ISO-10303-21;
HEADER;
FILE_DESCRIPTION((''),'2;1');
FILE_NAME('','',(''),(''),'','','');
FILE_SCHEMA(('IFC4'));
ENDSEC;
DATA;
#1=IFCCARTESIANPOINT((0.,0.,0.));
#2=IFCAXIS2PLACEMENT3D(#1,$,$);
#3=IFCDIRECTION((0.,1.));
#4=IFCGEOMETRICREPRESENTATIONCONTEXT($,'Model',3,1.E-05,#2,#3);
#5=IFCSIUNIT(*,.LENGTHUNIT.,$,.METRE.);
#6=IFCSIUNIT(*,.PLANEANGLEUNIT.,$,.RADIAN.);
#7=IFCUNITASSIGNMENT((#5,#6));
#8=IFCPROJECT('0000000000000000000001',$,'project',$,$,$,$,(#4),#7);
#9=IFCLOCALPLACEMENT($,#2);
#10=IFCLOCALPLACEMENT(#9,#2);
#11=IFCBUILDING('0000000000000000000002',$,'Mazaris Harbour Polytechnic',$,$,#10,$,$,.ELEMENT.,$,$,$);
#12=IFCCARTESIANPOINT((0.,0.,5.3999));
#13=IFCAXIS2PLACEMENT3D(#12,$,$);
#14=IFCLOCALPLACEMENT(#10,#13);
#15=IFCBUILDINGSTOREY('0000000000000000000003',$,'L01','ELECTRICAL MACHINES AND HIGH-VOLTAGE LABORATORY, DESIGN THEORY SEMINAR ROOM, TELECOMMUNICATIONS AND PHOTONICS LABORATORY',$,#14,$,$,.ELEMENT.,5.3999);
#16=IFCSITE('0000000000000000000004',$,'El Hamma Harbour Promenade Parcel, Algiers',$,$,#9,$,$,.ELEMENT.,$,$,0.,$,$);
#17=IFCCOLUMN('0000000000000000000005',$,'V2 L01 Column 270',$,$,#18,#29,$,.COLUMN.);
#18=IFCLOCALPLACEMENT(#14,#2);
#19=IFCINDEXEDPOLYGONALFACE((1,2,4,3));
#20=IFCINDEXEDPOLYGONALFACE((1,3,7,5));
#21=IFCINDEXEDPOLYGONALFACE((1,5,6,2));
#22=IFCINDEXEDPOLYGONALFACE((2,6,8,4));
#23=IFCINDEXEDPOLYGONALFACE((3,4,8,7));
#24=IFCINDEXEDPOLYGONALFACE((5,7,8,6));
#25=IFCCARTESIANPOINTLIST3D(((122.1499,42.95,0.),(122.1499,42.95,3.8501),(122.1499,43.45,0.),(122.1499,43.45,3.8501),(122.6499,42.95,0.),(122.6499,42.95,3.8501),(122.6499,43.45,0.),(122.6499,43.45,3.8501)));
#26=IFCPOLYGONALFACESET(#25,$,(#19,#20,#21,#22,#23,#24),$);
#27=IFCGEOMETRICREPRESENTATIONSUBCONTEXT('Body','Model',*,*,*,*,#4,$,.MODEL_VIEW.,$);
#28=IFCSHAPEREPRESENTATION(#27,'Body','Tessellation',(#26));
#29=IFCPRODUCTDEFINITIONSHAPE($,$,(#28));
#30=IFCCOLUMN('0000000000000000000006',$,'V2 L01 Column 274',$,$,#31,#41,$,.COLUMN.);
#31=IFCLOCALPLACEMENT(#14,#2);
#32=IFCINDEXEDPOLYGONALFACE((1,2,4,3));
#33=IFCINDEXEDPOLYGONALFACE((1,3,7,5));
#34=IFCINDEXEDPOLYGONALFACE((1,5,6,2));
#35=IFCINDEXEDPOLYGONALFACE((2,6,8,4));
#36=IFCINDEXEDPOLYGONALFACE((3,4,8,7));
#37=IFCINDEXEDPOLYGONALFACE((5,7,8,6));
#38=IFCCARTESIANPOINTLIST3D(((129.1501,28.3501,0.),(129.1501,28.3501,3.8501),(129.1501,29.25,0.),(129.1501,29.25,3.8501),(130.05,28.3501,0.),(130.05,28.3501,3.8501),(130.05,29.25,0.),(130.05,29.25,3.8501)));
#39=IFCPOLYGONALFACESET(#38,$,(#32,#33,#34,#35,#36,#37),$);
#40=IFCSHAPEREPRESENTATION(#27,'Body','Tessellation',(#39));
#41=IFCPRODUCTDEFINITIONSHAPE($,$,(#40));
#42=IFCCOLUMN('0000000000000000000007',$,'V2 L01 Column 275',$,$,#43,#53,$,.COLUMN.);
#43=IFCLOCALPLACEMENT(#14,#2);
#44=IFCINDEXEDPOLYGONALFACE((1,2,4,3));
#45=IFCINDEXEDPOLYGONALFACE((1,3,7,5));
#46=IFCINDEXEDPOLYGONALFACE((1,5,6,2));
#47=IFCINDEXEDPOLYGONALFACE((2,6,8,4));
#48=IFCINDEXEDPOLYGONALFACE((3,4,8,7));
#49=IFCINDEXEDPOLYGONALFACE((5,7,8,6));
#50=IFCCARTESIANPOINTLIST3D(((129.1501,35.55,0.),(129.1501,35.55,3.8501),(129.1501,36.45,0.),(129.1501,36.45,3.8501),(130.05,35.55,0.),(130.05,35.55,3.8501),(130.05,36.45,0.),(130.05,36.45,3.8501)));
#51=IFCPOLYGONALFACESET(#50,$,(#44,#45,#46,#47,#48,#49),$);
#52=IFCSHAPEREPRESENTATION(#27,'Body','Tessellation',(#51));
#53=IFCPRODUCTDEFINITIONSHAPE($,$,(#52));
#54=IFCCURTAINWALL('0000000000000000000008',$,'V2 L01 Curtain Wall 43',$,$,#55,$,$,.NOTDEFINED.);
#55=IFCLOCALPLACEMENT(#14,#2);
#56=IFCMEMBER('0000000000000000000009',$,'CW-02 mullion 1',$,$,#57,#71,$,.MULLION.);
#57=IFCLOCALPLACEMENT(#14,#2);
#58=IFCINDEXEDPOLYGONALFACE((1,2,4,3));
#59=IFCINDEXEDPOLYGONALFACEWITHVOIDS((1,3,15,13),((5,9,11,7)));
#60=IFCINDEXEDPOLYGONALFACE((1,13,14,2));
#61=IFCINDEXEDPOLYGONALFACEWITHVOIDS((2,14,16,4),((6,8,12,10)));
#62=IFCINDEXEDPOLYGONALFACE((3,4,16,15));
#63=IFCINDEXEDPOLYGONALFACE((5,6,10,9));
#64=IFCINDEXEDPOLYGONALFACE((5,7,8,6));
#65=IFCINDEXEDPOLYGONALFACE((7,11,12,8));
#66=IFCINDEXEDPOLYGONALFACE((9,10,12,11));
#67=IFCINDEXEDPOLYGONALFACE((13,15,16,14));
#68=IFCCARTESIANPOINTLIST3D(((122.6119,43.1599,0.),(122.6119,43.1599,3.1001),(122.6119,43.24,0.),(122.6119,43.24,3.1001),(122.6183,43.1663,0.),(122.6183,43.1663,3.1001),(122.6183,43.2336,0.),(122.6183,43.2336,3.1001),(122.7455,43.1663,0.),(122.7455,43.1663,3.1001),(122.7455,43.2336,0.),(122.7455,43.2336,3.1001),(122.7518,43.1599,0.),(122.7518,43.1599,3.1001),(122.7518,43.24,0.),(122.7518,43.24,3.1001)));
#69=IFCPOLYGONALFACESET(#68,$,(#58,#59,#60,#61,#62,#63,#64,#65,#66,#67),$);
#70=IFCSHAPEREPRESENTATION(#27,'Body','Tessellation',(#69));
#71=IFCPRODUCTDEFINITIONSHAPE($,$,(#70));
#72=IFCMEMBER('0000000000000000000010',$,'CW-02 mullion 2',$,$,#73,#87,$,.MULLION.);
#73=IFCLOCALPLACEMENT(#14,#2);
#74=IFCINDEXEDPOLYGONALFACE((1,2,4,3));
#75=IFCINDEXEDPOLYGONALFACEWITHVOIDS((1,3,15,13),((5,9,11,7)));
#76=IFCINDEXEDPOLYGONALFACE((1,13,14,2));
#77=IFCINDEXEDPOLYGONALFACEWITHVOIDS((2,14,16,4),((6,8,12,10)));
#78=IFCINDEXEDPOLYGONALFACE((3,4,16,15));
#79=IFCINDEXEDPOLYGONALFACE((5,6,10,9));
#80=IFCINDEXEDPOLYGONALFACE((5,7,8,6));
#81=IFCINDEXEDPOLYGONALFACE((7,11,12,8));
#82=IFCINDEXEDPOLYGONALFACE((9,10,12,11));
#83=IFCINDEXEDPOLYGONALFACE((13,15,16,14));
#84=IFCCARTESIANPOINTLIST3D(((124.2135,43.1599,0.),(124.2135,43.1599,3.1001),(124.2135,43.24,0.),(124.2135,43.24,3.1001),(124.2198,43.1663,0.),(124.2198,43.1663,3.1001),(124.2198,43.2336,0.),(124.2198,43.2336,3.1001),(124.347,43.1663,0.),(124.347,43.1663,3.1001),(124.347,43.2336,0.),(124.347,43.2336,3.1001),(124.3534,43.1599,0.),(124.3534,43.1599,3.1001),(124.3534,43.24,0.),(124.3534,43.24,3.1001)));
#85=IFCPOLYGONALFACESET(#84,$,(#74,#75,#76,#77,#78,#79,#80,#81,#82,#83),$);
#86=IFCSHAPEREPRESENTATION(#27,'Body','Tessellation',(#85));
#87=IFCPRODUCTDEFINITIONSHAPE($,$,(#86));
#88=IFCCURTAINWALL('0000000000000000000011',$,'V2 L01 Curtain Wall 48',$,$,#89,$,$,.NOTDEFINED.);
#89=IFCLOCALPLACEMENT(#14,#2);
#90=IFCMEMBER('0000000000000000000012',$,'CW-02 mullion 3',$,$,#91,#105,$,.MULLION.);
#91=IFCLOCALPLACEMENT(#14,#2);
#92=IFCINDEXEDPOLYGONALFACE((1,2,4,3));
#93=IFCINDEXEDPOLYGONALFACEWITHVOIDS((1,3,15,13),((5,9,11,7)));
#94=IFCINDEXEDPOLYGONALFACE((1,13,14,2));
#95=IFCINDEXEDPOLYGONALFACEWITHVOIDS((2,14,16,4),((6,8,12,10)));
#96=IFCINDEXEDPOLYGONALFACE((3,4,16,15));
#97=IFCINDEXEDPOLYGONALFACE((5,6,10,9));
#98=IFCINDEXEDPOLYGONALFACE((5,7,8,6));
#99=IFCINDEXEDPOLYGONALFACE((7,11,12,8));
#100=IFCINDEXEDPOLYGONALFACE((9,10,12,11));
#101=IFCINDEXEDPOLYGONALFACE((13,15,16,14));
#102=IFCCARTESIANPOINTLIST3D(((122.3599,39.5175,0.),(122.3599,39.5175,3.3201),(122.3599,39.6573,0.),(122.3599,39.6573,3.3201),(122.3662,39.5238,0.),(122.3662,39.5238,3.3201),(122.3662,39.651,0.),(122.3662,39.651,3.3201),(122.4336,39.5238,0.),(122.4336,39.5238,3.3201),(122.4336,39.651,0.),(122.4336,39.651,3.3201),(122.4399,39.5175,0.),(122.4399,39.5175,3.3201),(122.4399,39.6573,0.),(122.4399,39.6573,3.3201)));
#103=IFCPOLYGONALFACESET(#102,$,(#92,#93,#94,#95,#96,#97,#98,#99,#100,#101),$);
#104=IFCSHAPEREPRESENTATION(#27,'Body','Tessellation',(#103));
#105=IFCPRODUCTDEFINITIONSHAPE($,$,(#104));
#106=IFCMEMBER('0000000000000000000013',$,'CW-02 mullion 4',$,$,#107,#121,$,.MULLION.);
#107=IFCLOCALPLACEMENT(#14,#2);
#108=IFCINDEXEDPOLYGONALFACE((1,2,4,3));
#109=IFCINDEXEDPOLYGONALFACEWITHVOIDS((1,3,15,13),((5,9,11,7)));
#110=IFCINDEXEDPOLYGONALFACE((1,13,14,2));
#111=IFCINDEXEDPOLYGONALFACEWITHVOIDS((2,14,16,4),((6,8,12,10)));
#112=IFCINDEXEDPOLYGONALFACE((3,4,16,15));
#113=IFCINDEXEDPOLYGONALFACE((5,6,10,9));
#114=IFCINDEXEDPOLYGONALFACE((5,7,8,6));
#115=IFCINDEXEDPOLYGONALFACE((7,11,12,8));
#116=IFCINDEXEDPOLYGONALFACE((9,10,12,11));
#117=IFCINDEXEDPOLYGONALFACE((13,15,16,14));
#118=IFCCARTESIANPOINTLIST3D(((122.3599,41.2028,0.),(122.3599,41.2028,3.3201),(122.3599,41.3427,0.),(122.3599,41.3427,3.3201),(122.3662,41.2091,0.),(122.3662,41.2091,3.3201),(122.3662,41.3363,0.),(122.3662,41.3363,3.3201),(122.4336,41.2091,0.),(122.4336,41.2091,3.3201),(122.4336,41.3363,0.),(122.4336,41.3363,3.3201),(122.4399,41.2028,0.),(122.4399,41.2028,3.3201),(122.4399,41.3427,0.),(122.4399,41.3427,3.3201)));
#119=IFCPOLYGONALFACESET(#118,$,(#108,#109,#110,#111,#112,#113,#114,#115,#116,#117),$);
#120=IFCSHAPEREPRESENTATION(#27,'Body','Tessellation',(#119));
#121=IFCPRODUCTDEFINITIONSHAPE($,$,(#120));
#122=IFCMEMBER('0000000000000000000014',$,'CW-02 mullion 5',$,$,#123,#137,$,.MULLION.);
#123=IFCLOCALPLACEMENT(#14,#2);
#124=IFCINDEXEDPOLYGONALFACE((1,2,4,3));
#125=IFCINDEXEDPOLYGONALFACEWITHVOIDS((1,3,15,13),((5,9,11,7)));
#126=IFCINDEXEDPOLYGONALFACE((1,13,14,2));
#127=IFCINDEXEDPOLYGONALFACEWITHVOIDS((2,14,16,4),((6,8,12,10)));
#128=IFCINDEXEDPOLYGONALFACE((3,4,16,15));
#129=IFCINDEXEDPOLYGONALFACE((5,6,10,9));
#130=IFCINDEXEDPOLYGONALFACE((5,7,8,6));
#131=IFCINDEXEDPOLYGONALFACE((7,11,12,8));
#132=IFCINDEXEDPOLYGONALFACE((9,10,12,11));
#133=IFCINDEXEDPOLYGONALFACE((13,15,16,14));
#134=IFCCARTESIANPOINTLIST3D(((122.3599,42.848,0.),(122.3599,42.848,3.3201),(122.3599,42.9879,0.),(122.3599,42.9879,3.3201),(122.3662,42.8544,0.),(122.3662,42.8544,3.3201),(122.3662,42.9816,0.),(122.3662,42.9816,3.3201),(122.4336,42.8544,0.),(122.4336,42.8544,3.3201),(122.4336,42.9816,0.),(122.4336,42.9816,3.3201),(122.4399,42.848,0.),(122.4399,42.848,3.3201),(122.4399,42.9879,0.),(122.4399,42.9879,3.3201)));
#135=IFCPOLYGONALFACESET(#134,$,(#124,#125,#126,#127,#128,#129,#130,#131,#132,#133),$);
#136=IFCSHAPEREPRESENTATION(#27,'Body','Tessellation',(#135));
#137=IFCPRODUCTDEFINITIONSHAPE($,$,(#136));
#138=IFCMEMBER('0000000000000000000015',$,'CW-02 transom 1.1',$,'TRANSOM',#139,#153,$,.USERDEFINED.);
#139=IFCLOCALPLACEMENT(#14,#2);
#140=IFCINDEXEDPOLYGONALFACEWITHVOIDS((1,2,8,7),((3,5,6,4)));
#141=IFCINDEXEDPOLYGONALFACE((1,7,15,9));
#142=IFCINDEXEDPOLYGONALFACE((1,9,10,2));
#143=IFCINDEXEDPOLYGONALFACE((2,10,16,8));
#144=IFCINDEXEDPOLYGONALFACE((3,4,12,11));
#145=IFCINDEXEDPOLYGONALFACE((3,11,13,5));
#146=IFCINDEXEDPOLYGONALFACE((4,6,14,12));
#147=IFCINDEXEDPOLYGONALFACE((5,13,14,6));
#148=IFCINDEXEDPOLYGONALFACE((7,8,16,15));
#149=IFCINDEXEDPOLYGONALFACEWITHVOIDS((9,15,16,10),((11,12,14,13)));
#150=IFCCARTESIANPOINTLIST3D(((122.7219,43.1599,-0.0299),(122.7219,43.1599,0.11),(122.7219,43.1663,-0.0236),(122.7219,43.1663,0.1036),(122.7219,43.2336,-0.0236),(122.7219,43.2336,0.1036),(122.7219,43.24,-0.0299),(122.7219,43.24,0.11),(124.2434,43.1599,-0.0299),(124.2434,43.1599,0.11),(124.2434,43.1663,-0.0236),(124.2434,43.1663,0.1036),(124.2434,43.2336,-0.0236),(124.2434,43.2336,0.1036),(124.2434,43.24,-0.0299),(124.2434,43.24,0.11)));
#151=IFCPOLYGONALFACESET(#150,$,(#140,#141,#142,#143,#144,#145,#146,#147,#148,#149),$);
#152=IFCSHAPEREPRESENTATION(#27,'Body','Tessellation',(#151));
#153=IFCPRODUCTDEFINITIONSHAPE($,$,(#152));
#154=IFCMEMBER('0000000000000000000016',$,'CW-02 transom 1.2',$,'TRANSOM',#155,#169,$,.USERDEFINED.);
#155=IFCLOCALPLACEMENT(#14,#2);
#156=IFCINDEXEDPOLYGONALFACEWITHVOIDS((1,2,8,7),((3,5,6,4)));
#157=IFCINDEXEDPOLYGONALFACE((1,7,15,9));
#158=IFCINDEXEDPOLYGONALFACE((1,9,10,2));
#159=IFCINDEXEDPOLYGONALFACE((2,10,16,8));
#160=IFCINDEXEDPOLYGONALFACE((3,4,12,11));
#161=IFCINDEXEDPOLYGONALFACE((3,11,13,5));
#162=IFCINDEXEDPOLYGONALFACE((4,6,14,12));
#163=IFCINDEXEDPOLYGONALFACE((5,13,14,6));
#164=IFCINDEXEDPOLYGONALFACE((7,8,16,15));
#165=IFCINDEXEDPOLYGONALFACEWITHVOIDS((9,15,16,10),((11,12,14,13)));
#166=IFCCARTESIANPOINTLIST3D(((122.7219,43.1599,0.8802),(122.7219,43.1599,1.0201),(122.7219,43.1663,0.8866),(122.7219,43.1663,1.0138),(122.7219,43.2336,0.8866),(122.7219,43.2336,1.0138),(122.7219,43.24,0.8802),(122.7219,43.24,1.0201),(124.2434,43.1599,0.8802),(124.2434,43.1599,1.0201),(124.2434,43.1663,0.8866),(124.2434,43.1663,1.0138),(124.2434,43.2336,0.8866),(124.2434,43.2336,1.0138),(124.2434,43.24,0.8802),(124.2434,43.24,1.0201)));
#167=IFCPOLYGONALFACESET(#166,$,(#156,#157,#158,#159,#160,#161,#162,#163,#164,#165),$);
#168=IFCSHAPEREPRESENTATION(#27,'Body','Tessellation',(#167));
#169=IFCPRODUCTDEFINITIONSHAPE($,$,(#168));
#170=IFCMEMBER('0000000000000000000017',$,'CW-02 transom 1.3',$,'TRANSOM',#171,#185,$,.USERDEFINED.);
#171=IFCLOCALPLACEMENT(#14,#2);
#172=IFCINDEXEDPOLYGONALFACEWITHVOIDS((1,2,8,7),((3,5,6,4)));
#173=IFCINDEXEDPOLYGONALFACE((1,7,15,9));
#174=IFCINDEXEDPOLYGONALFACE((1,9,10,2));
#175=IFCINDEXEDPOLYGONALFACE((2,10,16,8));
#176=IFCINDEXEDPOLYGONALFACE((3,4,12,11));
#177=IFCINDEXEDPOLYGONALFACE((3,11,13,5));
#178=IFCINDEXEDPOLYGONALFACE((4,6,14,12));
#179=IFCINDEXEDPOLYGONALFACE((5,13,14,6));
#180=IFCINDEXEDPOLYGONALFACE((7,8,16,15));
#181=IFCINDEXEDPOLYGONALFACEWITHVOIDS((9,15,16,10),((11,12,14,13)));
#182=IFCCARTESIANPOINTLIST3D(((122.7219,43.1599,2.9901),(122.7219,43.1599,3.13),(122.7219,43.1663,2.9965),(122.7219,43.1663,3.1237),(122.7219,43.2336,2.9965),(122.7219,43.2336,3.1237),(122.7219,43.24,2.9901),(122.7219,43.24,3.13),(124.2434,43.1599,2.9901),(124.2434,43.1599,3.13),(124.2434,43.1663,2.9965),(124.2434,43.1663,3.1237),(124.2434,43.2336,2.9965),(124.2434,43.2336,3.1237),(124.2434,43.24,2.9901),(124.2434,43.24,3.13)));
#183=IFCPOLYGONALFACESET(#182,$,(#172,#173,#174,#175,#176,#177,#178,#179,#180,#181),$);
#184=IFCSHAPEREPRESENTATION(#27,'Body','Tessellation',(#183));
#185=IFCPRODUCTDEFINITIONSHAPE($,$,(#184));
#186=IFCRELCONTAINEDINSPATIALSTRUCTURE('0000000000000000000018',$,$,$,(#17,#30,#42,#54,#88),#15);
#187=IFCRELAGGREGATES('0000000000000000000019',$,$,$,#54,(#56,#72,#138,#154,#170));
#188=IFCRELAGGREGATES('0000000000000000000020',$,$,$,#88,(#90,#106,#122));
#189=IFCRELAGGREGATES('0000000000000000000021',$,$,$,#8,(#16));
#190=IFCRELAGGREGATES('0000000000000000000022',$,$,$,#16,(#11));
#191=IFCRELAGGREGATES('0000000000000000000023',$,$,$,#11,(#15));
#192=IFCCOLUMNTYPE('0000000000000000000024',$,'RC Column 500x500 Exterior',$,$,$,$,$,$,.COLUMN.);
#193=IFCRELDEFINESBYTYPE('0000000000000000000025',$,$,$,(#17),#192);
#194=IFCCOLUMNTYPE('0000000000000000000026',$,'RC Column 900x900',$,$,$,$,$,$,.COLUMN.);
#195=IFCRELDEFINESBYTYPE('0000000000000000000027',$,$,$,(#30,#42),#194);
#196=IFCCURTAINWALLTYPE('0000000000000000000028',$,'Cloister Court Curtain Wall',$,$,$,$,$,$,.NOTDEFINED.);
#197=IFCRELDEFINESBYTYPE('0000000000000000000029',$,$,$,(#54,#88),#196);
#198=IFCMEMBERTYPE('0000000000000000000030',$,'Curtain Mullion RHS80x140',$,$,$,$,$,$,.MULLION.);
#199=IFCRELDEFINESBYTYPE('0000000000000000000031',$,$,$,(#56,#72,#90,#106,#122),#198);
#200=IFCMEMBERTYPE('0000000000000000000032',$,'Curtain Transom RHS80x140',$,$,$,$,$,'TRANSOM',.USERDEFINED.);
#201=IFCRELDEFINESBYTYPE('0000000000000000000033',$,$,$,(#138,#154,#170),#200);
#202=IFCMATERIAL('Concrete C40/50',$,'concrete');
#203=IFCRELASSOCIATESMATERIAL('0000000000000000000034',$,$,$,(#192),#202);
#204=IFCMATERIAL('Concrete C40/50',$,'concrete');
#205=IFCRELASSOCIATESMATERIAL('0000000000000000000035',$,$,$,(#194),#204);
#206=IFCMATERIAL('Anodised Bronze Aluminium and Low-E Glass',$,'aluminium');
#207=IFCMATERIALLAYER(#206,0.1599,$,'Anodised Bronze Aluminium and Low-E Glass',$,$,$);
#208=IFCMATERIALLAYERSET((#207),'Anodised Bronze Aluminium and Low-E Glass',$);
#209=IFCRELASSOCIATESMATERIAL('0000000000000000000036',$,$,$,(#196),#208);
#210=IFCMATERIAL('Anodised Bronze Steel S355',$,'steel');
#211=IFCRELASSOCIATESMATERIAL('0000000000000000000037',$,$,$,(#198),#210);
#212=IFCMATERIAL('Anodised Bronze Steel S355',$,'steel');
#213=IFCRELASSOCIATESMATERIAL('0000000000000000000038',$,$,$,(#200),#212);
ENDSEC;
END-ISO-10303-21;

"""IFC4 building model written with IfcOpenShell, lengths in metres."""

from ifc_helpers import new_model, si_unit, direction, frame, origin, origin_2d, place, context, subcontext, project, spatial, rectangle, hollow_rectangle, extrude, material, layer, layer_set, material_profile, profile_set, type_object, element, aggregate, save


model = new_model("IFC4")

# Units and contexts
model_context = context("Model", 3, precision=1e-05, world=origin(), true_north=direction((0.0, 1.0)))
body_context = subcontext(model_context, "Body", "Model", "MODEL_VIEW")
ifc_project = project(units=[si_unit("LENGTHUNIT", "METRE"), si_unit("PLANEANGLEUNIT", "RADIAN")], contexts=[model_context])

# Site, building, storey
site_placement = place(None, origin())
site = spatial("IfcSite", under=ifc_project, at=site_placement, Name="El Hamma Harbour Promenade Parcel, Algiers", CompositionType="ELEMENT", RefElevation=0.0)
building_placement = place(site_placement, origin())
building = spatial("IfcBuilding", under=site, at=building_placement, Name="Mazaris Harbour Polytechnic", CompositionType="ELEMENT")
storey_placement = place(building_placement, frame((0.0, 0.0, 5.3999)))
storey = spatial("IfcBuildingStorey", under=building, at=storey_placement, Name="L01", Description="ELECTRICAL MACHINES AND HIGH-VOLTAGE LABORATORY, DESIGN THEORY SEMINAR ROOM, TELECOMMUNICATIONS AND PHOTONICS LABORATORY", CompositionType="ELEMENT", Elevation=5.3999)

# Columns
ifc_material_1 = material(Name="Concrete C40/50", Category="concrete")
ifc_material_profile_1 = material_profile(ifc_material_1, rectangle(XDim=0.5, YDim=0.5, at=origin_2d()), Name="RECT500x500")
ifc_profile_set_1 = profile_set([ifc_material_profile_1], Name="Concrete C40/50")
column_type_1 = type_object("IfcColumnType", Name="RC Column 500x500 Exterior", PredefinedType="COLUMN", material=ifc_profile_set_1)
column_placement = place(storey_placement, frame((122.3999, 43.2, 0.0), z_axis=(0.0, 0.0, 1.0), x_axis=(1.0, 0.0, 0.0)))
element("IfcColumn", 1, at=column_placement, inside=storey, type_object=column_type_1, Name="V2 L01 Column 270", PredefinedType="COLUMN", context=body_context, shape_type="SweptSolid", body=[
    extrude(rectangle(XDim=0.5, YDim=0.5, at=origin_2d()), origin(), (0.0, 0.0, 1.0), 3.8501),
])
ifc_material_2 = material(Name="Concrete C40/50", Category="concrete")
ifc_material_profile_2 = material_profile(ifc_material_2, rectangle(XDim=0.8999, YDim=0.8999, at=origin_2d()), Name="RECT900x900")
ifc_profile_set_2 = profile_set([ifc_material_profile_2], Name="Concrete C40/50")
column_type_2 = type_object("IfcColumnType", Name="RC Column 900x900", PredefinedType="COLUMN", material=ifc_profile_set_2)
for number, where, z_axis, x_axis, name in (
    (2, (129.6001, 28.8, 0.0), (0.0, 0.0, 1.0), (1.0, 0.0, 0.0), "V2 L01 Column 274"),
    (3, (129.6001, 36.0, 0.0), (0.0, 0.0, 1.0), (1.0, 0.0, 0.0), "V2 L01 Column 275"),
):
    element("IfcColumn", number, at=place(storey_placement, frame(where, z_axis=z_axis, x_axis=x_axis)), inside=storey, type_object=column_type_2, Name=name, PredefinedType="COLUMN", context=body_context, shape_type="SweptSolid", body=[
        extrude(rectangle(XDim=0.8999, YDim=0.8999, at=origin_2d()), origin(), (0.0, 0.0, 1.0), 3.8501),
    ])

# Curtain walls, members
ifc_material_3 = material(Name="Anodised Bronze Aluminium and Low-E Glass", Category="aluminium")
ifc_layer_1 = layer(ifc_material_3, 0.1599, Name="Anodised Bronze Aluminium and Low-E Glass")
ifc_layer_set_1 = layer_set([ifc_layer_1], Name="Anodised Bronze Aluminium and Low-E Glass")
curtain_wall_type = type_object("IfcCurtainWallType", Name="Cloister Court Curtain Wall", PredefinedType="NOTDEFINED", material=ifc_layer_set_1)
curtain_wall_1_placement = place(storey_placement, origin())
curtain_wall_1 = element("IfcCurtainWall", 4, at=curtain_wall_1_placement, inside=storey, type_object=curtain_wall_type, Name="V2 L01 Curtain Wall 43", PredefinedType="NOTDEFINED")
ifc_material_4 = material(Name="Anodised Bronze Steel S355", Category="steel")
ifc_material_profile_3 = material_profile(ifc_material_4, hollow_rectangle(XDim=0.0801, YDim=0.1399, WallThickness=0.0063, at=origin_2d()), Name="RHS 80x140x6.3")
ifc_profile_set_3 = profile_set([ifc_material_profile_3], Name="Anodised Bronze Steel S355")
member_type_1 = type_object("IfcMemberType", Name="Curtain Mullion RHS80x140", PredefinedType="MULLION", material=ifc_profile_set_3)
member_1_placement = place(storey_placement, frame((122.6819, 43.2, 0.0), z_axis=(0.0, 0.0, 1.0), x_axis=(0.0, 1.0, 0.0)))
member_1 = element("IfcMember", 5, at=member_1_placement, type_object=member_type_1, Name="CW-02 mullion 1", PredefinedType="MULLION", context=body_context, shape_type="SweptSolid", body=[
    extrude(hollow_rectangle(XDim=0.0801, YDim=0.1399, WallThickness=0.0063, at=origin_2d()), origin(), (0.0, 0.0, 1.0), 3.1001),
])
member_2_placement = place(storey_placement, frame((124.2834, 43.2, 0.0), z_axis=(0.0, 0.0, 1.0), x_axis=(0.0, 1.0, 0.0)))
member_2 = element("IfcMember", 6, at=member_2_placement, type_object=member_type_1, Name="CW-02 mullion 2", PredefinedType="MULLION", context=body_context, shape_type="SweptSolid", body=[
    extrude(hollow_rectangle(XDim=0.0801, YDim=0.1399, WallThickness=0.0063, at=origin_2d()), origin(), (0.0, 0.0, 1.0), 3.1001),
])
curtain_wall_2_placement = place(storey_placement, origin())
curtain_wall_2 = element("IfcCurtainWall", 7, at=curtain_wall_2_placement, inside=storey, type_object=curtain_wall_type, Name="V2 L01 Curtain Wall 48", PredefinedType="NOTDEFINED")
member_3_placement = place(storey_placement, frame((122.3999, 39.5874, 0.0), z_axis=(0.0, 0.0, 1.0), x_axis=(-1.0, 0.0, 0.0)))
member_3 = element("IfcMember", 8, at=member_3_placement, type_object=member_type_1, Name="CW-02 mullion 3", PredefinedType="MULLION", context=body_context, shape_type="SweptSolid", body=[
    extrude(hollow_rectangle(XDim=0.0801, YDim=0.1399, WallThickness=0.0063, at=origin_2d()), origin(), (0.0, 0.0, 1.0), 3.3201),
])
member_4_placement = place(storey_placement, frame((122.3999, 41.2727, 0.0), z_axis=(0.0, 0.0, 1.0), x_axis=(-1.0, 0.0, 0.0)))
member_4 = element("IfcMember", 9, at=member_4_placement, type_object=member_type_1, Name="CW-02 mullion 4", PredefinedType="MULLION", context=body_context, shape_type="SweptSolid", body=[
    extrude(hollow_rectangle(XDim=0.0801, YDim=0.1399, WallThickness=0.0063, at=origin_2d()), origin(), (0.0, 0.0, 1.0), 3.3201),
])
member_5_placement = place(storey_placement, frame((122.3999, 42.918, 0.0), z_axis=(0.0, 0.0, 1.0), x_axis=(-1.0, 0.0, 0.0)))
member_5 = element("IfcMember", 10, at=member_5_placement, type_object=member_type_1, Name="CW-02 mullion 5", PredefinedType="MULLION", context=body_context, shape_type="SweptSolid", body=[
    extrude(hollow_rectangle(XDim=0.0801, YDim=0.1399, WallThickness=0.0063, at=origin_2d()), origin(), (0.0, 0.0, 1.0), 3.3201),
])

# Members
ifc_material_5 = material(Name="Anodised Bronze Steel S355", Category="steel")
ifc_material_profile_4 = material_profile(ifc_material_5, hollow_rectangle(XDim=0.0801, YDim=0.1399, WallThickness=0.0063, at=origin_2d()), Name="RHS 80x140x6.3")
ifc_profile_set_4 = profile_set([ifc_material_profile_4], Name="Anodised Bronze Steel S355")
member_type_2 = type_object("IfcMemberType", Name="Curtain Transom RHS80x140", ElementType="TRANSOM", PredefinedType="USERDEFINED", material=ifc_profile_set_4)
member_6_placement = place(storey_placement, frame((122.7219, 43.2, 0.04), z_axis=(1.0, 0.0, 0.0), x_axis=(0.0, 1.0, 0.0)))
member_6 = element("IfcMember", 11, at=member_6_placement, type_object=member_type_2, Name="CW-02 transom 1.1", ObjectType="TRANSOM", PredefinedType="USERDEFINED", context=body_context, shape_type="SweptSolid", body=[
    extrude(hollow_rectangle(XDim=0.0801, YDim=0.1399, WallThickness=0.0063, at=origin_2d()), origin(), (0.0, 0.0, 1.0), 1.5215),
])
member_7_placement = place(storey_placement, frame((122.7219, 43.2, 0.9502), z_axis=(1.0, 0.0, 0.0), x_axis=(0.0, 1.0, 0.0)))
member_7 = element("IfcMember", 12, at=member_7_placement, type_object=member_type_2, Name="CW-02 transom 1.2", ObjectType="TRANSOM", PredefinedType="USERDEFINED", context=body_context, shape_type="SweptSolid", body=[
    extrude(hollow_rectangle(XDim=0.0801, YDim=0.1399, WallThickness=0.0063, at=origin_2d()), origin(), (0.0, 0.0, 1.0), 1.5215),
])
member_8_placement = place(storey_placement, frame((122.7219, 43.2, 3.0601), z_axis=(1.0, 0.0, 0.0), x_axis=(0.0, 1.0, 0.0)))
member_8 = element("IfcMember", 13, at=member_8_placement, type_object=member_type_2, Name="CW-02 transom 1.3", ObjectType="TRANSOM", PredefinedType="USERDEFINED", context=body_context, shape_type="SweptSolid", body=[
    extrude(hollow_rectangle(XDim=0.0801, YDim=0.1399, WallThickness=0.0063, at=origin_2d()), origin(), (0.0, 0.0, 1.0), 1.5215),
])

aggregate(curtain_wall_1, [member_1, member_2, member_6, member_7, member_8])
aggregate(curtain_wall_2, [member_3, member_4, member_5])

save(model, "model.ifc")
